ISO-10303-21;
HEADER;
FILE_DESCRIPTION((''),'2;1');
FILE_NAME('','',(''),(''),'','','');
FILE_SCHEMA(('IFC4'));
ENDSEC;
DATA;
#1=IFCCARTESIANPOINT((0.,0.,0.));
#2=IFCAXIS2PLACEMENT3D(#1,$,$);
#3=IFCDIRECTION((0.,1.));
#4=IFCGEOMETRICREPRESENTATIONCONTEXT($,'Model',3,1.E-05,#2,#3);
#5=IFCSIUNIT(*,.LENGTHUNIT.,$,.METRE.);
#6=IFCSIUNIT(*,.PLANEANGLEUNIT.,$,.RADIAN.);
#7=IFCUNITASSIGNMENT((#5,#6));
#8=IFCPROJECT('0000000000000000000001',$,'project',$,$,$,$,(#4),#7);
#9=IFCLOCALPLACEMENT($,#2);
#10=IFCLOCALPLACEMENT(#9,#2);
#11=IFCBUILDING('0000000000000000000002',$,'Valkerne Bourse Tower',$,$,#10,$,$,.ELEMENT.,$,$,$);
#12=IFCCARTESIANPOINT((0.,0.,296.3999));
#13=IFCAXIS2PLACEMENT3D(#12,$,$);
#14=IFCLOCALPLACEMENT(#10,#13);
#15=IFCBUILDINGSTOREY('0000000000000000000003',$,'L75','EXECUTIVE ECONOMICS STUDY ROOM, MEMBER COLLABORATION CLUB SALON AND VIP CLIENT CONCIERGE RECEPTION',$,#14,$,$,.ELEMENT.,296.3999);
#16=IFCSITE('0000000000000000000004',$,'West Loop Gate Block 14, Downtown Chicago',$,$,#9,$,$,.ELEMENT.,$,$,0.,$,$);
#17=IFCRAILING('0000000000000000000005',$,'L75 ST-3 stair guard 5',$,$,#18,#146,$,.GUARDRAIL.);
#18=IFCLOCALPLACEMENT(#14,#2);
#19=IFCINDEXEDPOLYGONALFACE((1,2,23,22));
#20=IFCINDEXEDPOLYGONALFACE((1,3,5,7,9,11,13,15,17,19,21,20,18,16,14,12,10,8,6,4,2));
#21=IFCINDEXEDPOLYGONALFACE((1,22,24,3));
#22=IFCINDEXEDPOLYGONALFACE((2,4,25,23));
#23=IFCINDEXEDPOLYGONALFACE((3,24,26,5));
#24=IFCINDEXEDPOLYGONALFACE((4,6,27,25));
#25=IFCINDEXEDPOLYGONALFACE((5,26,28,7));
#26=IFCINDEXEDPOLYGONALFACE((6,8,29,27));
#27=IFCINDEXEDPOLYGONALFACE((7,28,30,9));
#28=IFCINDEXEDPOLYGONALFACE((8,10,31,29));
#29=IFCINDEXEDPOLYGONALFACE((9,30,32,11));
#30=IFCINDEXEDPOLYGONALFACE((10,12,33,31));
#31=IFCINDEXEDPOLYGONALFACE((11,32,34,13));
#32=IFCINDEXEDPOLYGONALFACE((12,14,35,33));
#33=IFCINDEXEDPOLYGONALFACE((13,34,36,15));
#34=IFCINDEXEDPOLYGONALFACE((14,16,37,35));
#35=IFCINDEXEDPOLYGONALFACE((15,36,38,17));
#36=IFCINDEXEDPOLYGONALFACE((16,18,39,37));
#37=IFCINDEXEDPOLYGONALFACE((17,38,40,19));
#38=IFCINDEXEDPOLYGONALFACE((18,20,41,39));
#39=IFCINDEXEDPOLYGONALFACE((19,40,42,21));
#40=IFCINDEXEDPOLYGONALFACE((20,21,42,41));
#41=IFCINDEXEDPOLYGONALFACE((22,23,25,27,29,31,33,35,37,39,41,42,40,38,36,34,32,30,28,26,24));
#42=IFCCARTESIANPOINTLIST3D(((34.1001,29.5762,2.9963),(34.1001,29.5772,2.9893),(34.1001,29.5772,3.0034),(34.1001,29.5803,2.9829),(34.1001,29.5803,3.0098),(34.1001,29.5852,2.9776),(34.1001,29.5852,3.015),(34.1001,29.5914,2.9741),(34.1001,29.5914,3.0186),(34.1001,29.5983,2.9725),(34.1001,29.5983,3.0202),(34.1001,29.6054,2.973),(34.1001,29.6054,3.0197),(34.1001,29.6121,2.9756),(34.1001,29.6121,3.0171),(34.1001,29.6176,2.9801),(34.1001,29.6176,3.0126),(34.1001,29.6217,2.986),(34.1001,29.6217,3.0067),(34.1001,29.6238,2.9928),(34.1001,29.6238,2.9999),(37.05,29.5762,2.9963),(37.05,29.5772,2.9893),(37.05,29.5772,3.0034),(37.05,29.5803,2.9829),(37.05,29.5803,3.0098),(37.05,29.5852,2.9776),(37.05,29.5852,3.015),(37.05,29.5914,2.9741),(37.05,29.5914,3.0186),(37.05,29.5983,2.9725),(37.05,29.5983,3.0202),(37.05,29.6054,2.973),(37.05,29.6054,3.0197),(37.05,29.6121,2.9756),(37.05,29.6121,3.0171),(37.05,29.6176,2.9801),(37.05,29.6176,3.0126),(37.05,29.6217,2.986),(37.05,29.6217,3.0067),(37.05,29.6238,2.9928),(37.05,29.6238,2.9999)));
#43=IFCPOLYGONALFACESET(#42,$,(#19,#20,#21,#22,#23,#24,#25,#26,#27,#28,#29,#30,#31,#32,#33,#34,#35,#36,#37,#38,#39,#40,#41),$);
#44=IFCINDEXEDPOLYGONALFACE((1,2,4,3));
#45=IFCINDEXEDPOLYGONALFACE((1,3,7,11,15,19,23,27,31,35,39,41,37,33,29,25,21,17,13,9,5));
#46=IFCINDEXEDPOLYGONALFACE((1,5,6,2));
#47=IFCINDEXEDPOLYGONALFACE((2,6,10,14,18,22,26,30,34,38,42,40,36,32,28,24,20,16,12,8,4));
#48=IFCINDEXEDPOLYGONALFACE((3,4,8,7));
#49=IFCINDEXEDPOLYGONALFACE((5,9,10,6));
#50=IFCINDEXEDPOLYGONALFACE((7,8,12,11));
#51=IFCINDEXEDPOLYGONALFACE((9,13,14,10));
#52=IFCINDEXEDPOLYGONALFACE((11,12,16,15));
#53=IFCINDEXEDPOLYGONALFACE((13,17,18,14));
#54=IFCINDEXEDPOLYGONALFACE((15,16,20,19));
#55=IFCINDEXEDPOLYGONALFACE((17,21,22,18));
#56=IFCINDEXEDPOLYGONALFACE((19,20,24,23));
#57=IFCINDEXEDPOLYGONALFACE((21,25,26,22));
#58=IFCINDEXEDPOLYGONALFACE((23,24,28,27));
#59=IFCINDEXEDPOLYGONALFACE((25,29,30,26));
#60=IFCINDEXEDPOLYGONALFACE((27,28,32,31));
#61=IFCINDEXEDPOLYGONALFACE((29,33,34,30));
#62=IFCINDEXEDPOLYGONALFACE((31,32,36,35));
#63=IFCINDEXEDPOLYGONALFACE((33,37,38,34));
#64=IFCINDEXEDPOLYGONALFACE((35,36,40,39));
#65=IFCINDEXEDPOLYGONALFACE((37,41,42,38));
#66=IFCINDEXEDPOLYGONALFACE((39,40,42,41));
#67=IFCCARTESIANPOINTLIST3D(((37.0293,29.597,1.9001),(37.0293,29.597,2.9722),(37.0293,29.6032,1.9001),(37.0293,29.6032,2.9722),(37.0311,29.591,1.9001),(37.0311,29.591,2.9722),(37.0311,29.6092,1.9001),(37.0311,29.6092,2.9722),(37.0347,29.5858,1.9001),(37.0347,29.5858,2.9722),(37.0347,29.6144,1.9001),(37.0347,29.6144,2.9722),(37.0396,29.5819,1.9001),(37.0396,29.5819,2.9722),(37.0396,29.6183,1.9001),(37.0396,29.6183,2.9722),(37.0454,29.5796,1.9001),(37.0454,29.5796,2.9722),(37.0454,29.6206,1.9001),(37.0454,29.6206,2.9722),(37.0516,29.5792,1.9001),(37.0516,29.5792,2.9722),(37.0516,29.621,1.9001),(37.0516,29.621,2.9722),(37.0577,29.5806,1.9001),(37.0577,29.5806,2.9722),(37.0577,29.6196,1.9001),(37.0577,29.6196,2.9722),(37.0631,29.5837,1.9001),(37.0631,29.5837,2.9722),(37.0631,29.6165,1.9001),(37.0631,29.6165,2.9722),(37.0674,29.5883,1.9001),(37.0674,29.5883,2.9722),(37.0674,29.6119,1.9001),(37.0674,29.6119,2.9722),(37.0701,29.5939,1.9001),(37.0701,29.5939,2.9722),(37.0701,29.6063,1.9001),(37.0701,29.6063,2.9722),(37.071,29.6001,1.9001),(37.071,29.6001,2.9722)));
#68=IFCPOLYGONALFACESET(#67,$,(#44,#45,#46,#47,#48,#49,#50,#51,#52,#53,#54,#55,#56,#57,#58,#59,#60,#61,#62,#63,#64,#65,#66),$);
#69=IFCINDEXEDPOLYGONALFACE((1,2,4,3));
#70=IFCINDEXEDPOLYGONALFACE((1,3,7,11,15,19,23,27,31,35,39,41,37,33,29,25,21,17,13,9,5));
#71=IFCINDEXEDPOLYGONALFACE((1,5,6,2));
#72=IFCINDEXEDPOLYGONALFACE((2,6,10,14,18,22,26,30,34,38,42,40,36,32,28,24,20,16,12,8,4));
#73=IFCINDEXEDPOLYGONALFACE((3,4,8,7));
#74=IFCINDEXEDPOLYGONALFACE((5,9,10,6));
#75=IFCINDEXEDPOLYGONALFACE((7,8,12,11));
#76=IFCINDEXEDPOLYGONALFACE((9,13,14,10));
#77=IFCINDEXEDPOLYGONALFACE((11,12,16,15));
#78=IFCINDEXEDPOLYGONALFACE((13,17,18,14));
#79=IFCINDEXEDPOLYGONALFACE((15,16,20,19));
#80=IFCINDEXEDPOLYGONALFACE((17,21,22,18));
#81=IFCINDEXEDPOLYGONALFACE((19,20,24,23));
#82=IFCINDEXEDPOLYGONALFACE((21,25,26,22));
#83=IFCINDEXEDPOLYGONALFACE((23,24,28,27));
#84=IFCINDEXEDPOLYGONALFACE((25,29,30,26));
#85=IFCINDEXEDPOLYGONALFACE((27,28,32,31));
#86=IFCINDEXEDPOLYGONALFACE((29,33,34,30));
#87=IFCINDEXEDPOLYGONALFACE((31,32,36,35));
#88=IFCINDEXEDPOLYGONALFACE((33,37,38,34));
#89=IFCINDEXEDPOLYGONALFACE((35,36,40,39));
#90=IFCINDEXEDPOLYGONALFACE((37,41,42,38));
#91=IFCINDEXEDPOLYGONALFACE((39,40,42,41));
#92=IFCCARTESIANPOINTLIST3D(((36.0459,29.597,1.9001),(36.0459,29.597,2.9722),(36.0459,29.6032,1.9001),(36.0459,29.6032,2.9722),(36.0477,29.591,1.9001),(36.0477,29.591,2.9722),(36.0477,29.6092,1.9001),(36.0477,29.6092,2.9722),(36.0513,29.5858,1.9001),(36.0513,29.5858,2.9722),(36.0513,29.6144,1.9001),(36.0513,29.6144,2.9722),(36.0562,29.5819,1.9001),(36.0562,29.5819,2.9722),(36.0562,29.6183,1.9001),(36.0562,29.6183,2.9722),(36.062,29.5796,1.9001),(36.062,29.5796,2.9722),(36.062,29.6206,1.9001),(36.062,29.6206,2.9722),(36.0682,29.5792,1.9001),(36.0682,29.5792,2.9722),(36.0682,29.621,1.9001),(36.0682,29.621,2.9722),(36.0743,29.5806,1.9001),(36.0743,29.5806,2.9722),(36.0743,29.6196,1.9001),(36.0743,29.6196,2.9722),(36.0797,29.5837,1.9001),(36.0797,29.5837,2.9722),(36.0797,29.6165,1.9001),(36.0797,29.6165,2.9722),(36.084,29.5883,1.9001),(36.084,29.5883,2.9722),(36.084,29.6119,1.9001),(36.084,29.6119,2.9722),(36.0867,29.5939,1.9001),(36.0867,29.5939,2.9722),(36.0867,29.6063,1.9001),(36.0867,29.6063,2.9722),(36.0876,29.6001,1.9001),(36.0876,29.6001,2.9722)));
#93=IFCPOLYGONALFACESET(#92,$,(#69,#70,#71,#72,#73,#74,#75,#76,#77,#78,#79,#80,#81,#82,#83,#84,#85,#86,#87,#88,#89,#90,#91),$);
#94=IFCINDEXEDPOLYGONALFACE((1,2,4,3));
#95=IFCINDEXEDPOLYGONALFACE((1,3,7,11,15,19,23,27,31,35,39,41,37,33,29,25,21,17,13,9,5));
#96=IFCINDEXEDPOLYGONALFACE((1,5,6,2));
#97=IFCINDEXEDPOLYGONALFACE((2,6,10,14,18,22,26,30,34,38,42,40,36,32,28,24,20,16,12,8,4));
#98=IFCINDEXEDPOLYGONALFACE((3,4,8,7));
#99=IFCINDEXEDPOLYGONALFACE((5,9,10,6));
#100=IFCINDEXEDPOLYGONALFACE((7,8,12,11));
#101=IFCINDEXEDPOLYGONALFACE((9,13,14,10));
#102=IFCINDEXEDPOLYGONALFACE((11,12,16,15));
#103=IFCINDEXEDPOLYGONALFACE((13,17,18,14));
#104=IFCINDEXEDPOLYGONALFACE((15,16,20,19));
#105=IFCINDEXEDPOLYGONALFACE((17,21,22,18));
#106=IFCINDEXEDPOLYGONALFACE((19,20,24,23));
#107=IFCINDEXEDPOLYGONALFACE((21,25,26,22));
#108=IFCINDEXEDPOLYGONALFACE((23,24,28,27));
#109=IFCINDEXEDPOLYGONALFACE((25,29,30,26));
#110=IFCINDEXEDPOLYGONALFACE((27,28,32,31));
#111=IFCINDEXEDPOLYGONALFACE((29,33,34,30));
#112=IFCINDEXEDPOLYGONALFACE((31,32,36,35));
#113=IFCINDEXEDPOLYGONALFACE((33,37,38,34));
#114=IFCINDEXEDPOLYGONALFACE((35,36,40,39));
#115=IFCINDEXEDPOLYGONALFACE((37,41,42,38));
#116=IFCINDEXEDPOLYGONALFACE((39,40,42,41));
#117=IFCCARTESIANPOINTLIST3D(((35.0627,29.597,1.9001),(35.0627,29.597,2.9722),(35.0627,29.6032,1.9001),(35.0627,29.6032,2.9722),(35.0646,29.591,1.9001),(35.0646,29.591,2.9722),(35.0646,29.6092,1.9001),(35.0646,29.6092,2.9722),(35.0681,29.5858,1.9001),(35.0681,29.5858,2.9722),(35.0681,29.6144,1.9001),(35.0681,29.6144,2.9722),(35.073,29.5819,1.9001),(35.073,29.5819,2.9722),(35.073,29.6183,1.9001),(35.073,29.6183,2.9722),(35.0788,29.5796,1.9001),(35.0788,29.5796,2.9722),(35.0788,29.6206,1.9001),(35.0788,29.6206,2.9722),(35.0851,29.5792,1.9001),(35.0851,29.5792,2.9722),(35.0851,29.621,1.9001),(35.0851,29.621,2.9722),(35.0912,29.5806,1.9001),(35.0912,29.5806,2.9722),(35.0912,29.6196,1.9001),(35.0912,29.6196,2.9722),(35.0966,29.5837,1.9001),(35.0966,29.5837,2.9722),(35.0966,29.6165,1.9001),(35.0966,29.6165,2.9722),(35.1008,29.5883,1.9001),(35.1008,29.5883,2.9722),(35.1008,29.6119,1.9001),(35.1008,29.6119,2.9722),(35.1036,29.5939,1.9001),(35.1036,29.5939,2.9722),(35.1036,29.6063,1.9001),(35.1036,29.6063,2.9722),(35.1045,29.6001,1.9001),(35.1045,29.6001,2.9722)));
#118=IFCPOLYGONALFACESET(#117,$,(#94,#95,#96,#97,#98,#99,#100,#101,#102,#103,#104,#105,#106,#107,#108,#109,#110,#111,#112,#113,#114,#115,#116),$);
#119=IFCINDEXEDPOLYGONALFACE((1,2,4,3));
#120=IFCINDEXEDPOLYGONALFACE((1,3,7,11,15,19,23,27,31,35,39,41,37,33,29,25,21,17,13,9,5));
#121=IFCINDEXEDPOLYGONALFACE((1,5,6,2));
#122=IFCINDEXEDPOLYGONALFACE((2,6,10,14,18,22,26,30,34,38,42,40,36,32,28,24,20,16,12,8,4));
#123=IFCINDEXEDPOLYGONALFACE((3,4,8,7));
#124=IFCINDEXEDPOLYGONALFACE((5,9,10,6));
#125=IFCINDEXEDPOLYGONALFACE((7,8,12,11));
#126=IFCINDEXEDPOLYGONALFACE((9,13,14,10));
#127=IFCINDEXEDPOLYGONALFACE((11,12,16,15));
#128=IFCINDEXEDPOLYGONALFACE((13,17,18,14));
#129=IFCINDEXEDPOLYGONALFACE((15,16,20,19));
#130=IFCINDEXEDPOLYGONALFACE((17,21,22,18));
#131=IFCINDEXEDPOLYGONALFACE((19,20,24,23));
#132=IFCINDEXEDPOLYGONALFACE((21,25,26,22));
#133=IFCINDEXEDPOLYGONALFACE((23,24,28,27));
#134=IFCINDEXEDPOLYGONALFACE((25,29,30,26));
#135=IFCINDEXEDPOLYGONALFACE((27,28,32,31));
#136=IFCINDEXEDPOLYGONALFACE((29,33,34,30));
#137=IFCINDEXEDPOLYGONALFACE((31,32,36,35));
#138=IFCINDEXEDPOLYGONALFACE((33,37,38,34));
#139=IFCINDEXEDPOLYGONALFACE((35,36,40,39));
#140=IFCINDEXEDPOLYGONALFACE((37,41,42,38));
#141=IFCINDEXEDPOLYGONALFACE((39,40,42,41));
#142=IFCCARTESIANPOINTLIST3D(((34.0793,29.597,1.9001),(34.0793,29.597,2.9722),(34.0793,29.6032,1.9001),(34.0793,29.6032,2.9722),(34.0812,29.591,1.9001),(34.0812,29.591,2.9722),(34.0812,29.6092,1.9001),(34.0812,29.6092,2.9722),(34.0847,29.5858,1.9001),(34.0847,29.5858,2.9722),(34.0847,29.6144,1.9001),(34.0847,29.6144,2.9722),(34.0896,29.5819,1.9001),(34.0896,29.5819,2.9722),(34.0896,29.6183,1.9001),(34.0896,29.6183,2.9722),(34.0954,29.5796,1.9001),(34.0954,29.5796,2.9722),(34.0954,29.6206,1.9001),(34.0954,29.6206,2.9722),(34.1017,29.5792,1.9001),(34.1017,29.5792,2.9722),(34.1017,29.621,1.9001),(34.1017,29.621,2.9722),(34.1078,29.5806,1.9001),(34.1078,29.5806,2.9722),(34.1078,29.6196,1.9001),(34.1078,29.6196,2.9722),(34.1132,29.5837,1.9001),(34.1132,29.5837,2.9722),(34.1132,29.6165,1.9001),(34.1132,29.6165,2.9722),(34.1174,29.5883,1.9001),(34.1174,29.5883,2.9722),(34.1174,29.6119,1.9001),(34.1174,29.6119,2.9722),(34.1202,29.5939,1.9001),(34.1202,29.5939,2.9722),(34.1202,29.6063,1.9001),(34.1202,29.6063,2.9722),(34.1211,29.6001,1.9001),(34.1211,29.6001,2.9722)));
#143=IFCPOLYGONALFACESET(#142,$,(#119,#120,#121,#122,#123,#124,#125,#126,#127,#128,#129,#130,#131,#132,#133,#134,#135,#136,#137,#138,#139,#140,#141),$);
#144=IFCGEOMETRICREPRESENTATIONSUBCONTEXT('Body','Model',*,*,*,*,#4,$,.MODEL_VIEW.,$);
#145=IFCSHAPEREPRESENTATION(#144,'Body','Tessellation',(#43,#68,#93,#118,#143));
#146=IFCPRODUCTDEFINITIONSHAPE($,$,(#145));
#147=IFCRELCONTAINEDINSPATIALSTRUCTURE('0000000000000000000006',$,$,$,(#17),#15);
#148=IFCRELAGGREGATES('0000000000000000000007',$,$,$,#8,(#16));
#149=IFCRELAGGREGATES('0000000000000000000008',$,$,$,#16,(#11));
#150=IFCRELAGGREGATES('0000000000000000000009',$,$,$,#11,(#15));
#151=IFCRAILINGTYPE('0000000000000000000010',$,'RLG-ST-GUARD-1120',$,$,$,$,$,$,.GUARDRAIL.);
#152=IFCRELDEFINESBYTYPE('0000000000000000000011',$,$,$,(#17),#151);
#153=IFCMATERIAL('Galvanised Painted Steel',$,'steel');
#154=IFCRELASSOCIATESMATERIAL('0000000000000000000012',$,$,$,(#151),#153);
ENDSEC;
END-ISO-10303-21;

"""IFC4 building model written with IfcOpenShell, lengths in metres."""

from ifc_helpers import new_model, si_unit, direction, frame, origin, origin_2d, place, context, subcontext, project, spatial, circle, extrude, material, type_object, element, save


model = new_model("IFC4")

# Units and contexts
model_context = context("Model", 3, precision=1e-05, world=origin(), true_north=direction((0.0, 1.0)))
body_context = subcontext(model_context, "Body", "Model", "MODEL_VIEW")
ifc_project = project(units=[si_unit("LENGTHUNIT", "METRE"), si_unit("PLANEANGLEUNIT", "RADIAN")], contexts=[model_context])

# Site, building, storey
site_placement = place(None, origin())
site = spatial("IfcSite", under=ifc_project, at=site_placement, Name="West Loop Gate Block 14, Downtown Chicago", CompositionType="ELEMENT", RefElevation=0.0)
building_placement = place(site_placement, origin())
building = spatial("IfcBuilding", under=site, at=building_placement, Name="Valkerne Bourse Tower", CompositionType="ELEMENT")
storey_placement = place(building_placement, frame((0.0, 0.0, 296.3999)))
storey = spatial("IfcBuildingStorey", under=building, at=storey_placement, Name="L75", Description="EXECUTIVE ECONOMICS STUDY ROOM, MEMBER COLLABORATION CLUB SALON AND VIP CLIENT CONCIERGE RECEPTION", CompositionType="ELEMENT", Elevation=296.3999)

# Railing
ifc_material_1 = material(Name="Galvanised Painted Steel", Category="steel")
railing_type_1 = type_object("IfcRailingType", Name="RLG-ST-GUARD-1120", PredefinedType="GUARDRAIL", material=ifc_material_1)
railing_1_placement = place(storey_placement, frame((37.05, 29.6001, 1.9001)))
element("IfcRailing", 1, at=railing_1_placement, inside=storey, type_object=railing_type_1, Name="L75 ST-3 stair guard 5", PredefinedType="GUARDRAIL", context=body_context, shape_type="SweptSolid", body=[
    extrude(circle(Radius=0.0239, at=origin_2d()), frame((0.0, 0.0, 1.0962), z_axis=(-1.0, 0.0, 0.0), x_axis=(0.0, -1.0, 0.0)), (0.0, 0.0, 1.0), 2.95),
    extrude(circle(Radius=0.021, at=origin_2d()), origin(), (0.0, 0.0, 1.0), 1.072),
    extrude(circle(Radius=0.021, at=origin_2d()), frame((-0.9834, 0.0, 0.0)), (0.0, 0.0, 1.0), 1.072),
    extrude(circle(Radius=0.021, at=origin_2d()), frame((-1.9666, 0.0, 0.0)), (0.0, 0.0, 1.0), 1.072),
    extrude(circle(Radius=0.021, at=origin_2d()), frame((-2.95, 0.0, 0.0)), (0.0, 0.0, 1.0), 1.072),
])

save(model, "model.ifc")
